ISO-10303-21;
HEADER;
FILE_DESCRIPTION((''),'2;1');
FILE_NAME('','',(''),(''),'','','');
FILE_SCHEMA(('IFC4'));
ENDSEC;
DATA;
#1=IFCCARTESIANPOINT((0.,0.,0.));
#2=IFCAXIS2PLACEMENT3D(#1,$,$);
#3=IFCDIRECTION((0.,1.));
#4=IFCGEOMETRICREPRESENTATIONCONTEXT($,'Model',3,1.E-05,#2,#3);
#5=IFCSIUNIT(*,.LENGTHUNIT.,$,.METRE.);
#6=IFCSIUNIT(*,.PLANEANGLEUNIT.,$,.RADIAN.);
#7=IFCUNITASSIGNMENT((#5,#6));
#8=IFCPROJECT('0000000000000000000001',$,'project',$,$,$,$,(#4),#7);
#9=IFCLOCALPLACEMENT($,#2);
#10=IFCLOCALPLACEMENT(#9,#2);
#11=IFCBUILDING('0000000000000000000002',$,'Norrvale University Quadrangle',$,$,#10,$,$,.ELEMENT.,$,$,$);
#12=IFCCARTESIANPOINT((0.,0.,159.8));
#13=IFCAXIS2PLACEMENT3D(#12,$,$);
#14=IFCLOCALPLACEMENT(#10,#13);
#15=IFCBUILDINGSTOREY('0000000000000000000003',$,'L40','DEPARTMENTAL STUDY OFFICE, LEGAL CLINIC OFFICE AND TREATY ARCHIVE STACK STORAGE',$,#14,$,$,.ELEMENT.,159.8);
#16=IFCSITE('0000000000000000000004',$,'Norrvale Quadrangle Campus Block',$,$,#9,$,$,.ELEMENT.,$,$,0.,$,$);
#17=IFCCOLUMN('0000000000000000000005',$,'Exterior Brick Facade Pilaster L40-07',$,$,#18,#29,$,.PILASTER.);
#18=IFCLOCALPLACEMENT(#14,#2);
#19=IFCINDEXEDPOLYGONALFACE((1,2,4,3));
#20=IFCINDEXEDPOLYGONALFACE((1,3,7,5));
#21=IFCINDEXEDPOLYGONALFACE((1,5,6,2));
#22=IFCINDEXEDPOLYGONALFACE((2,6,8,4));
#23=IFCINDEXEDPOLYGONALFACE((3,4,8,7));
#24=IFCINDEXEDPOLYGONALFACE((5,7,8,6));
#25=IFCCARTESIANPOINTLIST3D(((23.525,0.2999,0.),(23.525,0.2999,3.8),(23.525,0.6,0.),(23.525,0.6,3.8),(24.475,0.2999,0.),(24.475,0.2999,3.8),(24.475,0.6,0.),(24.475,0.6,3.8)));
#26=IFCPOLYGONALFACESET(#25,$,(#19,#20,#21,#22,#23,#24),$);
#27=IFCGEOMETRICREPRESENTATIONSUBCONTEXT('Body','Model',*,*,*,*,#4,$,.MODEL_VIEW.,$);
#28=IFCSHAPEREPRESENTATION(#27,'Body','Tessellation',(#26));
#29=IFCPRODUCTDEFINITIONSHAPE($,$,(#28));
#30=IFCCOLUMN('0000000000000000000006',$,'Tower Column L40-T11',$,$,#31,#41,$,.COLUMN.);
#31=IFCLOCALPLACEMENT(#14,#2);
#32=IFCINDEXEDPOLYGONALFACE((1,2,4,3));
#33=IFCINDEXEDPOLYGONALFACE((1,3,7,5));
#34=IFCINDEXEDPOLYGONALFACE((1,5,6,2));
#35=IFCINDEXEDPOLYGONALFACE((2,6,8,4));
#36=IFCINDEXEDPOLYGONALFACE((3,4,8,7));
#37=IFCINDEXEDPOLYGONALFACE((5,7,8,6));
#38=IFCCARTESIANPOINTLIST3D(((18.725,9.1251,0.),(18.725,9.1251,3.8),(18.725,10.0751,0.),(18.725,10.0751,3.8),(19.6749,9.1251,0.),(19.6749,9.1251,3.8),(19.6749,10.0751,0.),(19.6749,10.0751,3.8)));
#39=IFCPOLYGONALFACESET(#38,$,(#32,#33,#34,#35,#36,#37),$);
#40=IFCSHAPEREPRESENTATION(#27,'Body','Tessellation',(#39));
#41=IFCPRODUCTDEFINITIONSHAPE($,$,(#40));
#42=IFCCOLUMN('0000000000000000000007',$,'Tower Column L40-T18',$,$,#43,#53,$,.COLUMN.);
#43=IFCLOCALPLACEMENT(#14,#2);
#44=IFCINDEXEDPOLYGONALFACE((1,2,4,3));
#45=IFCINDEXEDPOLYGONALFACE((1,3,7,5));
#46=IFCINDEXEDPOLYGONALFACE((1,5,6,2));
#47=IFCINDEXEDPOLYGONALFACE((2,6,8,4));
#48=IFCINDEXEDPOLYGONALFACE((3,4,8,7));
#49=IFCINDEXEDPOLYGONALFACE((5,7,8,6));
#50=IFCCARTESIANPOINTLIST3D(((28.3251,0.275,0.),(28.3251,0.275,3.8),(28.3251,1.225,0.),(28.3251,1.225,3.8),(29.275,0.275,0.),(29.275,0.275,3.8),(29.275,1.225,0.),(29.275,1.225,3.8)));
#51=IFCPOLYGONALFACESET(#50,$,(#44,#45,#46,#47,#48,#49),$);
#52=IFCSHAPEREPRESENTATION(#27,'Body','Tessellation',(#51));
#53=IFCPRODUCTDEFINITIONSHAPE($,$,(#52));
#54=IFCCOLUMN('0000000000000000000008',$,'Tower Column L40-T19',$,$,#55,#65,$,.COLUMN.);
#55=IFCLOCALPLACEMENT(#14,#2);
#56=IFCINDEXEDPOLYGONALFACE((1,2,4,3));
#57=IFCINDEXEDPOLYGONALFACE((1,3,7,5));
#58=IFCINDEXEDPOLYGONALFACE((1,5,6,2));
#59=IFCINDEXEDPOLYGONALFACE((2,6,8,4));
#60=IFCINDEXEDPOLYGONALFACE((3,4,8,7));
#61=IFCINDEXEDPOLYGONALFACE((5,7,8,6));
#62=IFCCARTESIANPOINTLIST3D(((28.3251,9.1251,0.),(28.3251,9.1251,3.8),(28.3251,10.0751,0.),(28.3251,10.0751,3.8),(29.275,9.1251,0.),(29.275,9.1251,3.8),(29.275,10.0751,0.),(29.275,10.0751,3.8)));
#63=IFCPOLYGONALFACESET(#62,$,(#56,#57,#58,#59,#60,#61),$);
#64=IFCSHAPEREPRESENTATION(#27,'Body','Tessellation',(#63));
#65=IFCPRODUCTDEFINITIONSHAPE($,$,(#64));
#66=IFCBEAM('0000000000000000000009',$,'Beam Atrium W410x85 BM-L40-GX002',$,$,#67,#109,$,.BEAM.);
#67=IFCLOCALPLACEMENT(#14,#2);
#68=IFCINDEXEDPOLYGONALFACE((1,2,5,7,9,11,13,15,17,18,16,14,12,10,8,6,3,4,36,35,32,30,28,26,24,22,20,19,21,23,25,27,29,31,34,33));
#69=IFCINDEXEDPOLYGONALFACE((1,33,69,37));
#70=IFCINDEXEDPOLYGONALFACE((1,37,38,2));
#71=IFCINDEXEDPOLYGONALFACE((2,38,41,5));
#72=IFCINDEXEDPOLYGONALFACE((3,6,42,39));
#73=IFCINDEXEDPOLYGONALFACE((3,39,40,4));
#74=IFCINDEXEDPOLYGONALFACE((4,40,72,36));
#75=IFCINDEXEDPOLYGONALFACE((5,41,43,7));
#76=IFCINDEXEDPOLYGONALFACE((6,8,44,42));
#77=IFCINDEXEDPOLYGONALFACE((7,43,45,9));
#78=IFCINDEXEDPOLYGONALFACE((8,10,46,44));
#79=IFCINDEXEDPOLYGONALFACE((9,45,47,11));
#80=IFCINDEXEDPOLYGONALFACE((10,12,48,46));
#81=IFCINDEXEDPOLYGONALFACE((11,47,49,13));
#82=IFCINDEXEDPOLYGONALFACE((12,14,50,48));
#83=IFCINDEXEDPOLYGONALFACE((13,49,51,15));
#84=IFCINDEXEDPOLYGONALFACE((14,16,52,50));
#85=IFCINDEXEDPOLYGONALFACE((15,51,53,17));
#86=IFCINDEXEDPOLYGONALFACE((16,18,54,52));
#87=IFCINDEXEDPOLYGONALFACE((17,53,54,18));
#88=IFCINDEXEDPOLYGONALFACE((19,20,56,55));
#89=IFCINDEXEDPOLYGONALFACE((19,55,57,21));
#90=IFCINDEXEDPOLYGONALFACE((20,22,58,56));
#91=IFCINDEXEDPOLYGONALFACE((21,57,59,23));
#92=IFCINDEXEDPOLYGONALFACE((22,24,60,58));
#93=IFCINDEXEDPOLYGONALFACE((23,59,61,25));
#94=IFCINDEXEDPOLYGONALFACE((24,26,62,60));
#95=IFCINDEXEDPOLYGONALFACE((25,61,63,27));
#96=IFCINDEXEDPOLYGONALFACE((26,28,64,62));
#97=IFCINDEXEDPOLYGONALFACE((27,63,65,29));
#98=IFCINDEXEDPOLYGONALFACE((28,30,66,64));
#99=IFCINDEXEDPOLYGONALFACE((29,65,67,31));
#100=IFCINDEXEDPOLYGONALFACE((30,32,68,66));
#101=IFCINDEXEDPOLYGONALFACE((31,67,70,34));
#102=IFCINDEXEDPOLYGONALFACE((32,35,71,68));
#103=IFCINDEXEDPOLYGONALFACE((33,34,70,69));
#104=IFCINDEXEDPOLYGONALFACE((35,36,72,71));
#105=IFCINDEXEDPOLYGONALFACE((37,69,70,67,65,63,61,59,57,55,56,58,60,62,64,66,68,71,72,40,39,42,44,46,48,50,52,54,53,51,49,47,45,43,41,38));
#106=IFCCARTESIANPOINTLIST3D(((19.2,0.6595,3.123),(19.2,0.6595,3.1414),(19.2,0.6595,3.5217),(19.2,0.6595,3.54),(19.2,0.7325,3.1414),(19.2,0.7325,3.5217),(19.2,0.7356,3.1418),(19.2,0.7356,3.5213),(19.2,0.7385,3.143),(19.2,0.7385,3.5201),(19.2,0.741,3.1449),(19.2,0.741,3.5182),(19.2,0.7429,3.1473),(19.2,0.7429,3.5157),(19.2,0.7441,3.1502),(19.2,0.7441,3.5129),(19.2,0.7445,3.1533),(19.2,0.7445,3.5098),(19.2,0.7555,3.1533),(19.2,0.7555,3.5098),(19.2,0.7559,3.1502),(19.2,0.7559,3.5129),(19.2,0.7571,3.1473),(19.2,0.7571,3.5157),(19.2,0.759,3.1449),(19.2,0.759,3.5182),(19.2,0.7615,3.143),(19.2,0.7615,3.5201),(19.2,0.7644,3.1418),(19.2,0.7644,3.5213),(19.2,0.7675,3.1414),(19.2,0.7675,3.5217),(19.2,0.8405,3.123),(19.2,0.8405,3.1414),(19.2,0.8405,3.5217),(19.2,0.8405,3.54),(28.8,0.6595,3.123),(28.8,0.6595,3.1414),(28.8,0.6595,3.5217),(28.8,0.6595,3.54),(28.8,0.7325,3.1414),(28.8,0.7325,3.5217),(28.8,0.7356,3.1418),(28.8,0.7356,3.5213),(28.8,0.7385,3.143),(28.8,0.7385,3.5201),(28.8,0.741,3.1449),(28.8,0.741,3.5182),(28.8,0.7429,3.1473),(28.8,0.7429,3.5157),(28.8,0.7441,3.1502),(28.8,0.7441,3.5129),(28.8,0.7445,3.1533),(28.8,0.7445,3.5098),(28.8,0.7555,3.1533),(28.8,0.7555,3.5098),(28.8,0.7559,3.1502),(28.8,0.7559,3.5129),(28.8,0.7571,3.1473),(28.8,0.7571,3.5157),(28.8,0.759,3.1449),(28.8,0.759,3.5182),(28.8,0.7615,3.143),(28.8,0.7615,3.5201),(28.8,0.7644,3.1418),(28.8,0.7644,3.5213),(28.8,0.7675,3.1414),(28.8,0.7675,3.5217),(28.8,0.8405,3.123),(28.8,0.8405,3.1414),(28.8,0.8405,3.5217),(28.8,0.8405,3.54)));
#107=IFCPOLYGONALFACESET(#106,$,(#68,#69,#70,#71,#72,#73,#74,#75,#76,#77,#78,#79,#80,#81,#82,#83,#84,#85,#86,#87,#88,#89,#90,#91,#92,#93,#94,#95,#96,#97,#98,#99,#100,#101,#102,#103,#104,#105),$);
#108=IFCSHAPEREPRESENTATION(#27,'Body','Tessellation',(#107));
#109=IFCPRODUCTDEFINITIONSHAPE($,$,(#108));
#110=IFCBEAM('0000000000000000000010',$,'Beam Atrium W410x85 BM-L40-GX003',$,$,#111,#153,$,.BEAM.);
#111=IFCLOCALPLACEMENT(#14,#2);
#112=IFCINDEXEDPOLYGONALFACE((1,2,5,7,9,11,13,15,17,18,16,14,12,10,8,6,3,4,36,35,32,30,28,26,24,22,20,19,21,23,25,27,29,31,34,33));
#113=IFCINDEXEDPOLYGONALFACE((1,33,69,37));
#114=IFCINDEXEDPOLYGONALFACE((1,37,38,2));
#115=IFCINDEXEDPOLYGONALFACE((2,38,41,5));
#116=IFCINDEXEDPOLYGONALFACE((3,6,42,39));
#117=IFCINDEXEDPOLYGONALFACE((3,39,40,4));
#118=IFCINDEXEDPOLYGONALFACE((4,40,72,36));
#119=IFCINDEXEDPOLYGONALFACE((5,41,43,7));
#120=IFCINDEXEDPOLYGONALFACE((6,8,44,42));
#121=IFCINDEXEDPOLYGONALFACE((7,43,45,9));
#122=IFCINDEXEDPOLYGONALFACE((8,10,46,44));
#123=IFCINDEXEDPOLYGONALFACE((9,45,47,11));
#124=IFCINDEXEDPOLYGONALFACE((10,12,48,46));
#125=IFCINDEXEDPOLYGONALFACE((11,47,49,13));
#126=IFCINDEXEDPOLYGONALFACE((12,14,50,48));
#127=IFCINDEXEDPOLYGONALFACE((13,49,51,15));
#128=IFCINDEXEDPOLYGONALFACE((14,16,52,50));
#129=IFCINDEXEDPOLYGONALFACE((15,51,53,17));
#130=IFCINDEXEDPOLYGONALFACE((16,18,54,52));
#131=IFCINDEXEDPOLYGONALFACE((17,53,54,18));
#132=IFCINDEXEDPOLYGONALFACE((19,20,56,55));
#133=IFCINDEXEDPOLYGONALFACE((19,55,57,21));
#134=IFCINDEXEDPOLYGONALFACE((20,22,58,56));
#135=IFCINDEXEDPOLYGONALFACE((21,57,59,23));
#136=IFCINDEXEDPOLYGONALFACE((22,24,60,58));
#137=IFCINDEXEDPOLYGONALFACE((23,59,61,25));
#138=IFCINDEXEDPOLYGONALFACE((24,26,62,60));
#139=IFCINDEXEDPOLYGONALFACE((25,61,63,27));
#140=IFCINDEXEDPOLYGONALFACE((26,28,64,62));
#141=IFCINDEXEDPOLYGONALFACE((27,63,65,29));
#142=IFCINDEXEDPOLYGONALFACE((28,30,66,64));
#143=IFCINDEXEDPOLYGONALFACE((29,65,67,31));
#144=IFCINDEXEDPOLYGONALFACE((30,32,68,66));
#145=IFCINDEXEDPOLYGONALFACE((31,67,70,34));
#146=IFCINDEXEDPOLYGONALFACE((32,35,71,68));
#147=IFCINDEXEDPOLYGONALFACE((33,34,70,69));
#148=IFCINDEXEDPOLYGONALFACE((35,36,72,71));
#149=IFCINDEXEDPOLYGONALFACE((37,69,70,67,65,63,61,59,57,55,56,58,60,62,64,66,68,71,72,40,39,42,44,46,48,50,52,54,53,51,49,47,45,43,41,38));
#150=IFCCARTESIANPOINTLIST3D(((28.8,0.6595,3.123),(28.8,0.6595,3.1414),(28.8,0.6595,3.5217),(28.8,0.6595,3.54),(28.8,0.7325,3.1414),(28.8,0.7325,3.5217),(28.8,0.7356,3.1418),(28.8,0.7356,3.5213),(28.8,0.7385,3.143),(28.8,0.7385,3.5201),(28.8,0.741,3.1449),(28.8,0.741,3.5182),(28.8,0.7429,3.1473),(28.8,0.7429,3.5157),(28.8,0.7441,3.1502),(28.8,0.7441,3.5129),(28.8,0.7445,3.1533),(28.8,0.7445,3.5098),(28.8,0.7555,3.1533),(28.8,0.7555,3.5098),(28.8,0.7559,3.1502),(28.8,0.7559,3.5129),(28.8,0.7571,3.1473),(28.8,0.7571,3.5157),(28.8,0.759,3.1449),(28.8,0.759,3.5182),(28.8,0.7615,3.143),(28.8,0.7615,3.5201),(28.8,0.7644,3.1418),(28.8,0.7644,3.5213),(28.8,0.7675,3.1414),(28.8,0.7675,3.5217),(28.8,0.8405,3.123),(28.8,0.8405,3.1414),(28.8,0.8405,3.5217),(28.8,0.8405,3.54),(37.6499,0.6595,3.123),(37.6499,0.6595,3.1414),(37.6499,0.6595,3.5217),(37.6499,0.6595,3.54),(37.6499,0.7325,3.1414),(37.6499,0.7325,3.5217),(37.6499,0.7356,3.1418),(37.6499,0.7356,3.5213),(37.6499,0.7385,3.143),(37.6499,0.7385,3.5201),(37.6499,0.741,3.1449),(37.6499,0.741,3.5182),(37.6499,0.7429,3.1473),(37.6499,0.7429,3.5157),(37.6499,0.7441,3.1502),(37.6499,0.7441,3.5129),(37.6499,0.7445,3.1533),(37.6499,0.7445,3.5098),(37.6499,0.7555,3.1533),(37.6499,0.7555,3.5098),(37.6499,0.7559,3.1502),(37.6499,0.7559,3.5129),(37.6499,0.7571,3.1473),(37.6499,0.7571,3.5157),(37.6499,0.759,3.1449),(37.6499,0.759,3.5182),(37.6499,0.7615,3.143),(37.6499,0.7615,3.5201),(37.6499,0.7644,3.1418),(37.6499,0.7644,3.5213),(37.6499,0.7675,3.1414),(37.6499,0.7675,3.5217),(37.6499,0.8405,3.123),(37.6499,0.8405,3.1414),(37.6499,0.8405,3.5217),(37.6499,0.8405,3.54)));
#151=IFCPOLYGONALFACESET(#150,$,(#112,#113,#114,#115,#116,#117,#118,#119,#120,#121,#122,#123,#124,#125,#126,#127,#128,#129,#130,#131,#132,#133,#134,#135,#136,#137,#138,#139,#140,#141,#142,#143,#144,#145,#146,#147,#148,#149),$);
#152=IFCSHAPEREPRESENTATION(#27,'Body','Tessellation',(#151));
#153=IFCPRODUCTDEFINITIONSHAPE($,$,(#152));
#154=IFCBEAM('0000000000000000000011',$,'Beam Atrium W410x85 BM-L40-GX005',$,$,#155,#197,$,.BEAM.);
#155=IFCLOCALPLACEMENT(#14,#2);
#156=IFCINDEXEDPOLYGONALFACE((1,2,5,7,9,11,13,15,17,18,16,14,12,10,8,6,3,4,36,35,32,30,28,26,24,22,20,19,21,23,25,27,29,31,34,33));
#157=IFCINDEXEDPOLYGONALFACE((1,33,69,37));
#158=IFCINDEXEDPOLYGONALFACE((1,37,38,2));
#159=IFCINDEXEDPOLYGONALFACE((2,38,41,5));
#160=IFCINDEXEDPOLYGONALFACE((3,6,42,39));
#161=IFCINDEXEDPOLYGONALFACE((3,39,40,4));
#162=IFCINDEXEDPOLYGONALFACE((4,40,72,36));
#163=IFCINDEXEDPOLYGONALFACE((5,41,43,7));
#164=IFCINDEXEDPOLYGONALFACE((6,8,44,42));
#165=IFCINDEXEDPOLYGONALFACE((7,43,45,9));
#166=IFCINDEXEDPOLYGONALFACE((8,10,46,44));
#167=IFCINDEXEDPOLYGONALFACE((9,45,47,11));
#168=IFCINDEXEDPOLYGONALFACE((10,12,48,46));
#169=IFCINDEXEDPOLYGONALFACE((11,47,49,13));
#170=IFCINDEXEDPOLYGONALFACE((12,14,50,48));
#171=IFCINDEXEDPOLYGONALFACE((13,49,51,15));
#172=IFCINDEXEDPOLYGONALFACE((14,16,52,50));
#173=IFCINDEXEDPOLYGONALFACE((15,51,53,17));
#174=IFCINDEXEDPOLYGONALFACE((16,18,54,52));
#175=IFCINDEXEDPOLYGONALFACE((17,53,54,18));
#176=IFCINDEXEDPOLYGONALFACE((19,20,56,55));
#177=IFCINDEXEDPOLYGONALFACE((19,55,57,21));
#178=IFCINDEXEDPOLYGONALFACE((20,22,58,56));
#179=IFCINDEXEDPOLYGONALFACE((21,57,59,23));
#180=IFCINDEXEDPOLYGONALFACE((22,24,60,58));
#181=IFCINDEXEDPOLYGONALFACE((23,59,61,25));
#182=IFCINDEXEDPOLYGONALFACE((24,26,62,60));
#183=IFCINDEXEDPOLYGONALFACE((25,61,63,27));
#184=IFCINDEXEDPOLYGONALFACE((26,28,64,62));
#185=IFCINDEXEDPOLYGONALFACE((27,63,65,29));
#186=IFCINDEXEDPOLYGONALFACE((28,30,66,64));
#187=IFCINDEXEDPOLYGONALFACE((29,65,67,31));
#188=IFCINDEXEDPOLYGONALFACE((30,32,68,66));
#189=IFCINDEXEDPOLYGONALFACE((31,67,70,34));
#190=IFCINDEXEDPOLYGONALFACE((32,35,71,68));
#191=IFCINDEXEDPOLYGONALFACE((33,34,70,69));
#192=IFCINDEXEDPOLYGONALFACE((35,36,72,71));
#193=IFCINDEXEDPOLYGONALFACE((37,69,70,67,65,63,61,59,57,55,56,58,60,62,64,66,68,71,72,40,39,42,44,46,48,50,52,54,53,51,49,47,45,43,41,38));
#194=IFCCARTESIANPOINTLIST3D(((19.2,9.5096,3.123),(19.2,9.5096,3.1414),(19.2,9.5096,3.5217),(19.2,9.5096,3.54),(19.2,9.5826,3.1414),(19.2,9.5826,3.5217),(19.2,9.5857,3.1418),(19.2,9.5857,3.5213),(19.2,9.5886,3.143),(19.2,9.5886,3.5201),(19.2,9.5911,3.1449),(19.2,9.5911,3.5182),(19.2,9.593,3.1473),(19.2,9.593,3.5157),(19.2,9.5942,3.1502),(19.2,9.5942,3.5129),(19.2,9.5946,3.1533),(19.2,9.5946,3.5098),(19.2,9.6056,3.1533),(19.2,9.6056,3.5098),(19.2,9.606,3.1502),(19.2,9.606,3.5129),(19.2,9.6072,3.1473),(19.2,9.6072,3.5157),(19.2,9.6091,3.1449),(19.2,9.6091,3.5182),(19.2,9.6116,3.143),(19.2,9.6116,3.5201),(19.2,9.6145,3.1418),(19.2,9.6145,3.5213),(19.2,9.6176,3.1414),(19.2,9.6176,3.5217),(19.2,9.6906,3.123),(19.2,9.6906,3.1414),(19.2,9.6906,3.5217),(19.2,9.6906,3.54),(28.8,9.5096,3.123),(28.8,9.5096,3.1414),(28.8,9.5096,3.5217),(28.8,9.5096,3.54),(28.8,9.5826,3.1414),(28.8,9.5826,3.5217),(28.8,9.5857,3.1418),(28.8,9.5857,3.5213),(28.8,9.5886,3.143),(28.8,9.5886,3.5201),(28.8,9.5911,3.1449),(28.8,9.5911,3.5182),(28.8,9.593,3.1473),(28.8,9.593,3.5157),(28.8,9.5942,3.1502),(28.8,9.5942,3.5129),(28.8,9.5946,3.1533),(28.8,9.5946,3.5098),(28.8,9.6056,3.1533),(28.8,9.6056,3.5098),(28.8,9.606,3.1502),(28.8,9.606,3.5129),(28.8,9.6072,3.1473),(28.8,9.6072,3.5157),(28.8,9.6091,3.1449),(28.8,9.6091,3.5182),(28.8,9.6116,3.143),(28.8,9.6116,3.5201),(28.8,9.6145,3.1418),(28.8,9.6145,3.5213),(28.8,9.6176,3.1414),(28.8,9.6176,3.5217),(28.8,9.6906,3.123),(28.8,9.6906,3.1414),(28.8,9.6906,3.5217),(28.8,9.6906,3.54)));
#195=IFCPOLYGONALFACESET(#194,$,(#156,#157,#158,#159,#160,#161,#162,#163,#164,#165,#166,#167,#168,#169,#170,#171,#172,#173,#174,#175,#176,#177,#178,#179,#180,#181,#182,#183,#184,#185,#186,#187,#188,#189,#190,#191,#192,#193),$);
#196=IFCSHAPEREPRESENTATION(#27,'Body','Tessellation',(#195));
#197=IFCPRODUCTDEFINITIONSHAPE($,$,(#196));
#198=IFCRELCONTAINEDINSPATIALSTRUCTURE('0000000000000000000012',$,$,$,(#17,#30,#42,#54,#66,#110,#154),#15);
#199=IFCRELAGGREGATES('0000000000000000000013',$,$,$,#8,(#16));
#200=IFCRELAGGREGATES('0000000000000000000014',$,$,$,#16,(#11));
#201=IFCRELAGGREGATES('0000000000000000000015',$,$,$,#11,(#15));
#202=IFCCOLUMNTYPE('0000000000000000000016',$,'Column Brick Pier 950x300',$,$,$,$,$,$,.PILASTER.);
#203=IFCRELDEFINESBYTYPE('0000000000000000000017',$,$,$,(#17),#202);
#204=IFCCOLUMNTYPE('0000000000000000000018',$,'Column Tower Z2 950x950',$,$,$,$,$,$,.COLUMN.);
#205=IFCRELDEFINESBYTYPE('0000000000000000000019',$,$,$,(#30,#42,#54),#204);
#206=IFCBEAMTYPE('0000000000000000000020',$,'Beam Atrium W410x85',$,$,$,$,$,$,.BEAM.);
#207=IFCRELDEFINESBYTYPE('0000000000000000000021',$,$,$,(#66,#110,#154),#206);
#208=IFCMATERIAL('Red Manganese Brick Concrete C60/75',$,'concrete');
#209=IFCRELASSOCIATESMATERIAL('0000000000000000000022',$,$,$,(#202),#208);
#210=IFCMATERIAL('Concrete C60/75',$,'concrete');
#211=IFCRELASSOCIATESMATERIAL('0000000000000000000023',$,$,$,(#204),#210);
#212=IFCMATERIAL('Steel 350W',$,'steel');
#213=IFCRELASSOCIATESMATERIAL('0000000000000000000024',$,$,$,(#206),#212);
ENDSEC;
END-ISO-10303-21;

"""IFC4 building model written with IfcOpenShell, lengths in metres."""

from ifc_helpers import new_model, si_unit, direction, frame, origin, origin_2d, place, context, subcontext, project, spatial, rectangle, i_section, extrude, material, material_profile, profile_set, type_object, element, save


model = new_model("IFC4")

# Units and contexts
model_context = context("Model", 3, precision=1e-05, world=origin(), true_north=direction((0.0, 1.0)))
body_context = subcontext(model_context, "Body", "Model", "MODEL_VIEW")
ifc_project = project(units=[si_unit("LENGTHUNIT", "METRE"), si_unit("PLANEANGLEUNIT", "RADIAN")], contexts=[model_context])

# Site, building, storey
site_placement = place(None, origin())
site = spatial("IfcSite", under=ifc_project, at=site_placement, Name="Norrvale Quadrangle Campus Block", CompositionType="ELEMENT", RefElevation=0.0)
building_placement = place(site_placement, origin())
building = spatial("IfcBuilding", under=site, at=building_placement, Name="Norrvale University Quadrangle", CompositionType="ELEMENT")
storey_placement = place(building_placement, frame((0.0, 0.0, 159.8)))
storey = spatial("IfcBuildingStorey", under=building, at=storey_placement, Name="L40", Description="DEPARTMENTAL STUDY OFFICE, LEGAL CLINIC OFFICE AND TREATY ARCHIVE STACK STORAGE", CompositionType="ELEMENT", Elevation=159.8)

# Columns
ifc_material_1 = material(Name="Red Manganese Brick Concrete C60/75", Category="concrete")
ifc_material_profile_1 = material_profile(ifc_material_1, rectangle(XDim=0.95, YDim=0.3, at=origin_2d()), Name="Red Manganese Brick Concrete C60/75")
ifc_profile_set_1 = profile_set([ifc_material_profile_1], Name="Red Manganese Brick Concrete C60/75")
column_type_1 = type_object("IfcColumnType", Name="Column Brick Pier 950x300", PredefinedType="PILASTER", material=ifc_profile_set_1)
column_placement = place(storey_placement, frame((24.0, 0.45, 0.0), z_axis=(0.0, 0.0, 1.0), x_axis=(1.0, 0.0, 0.0)))
element("IfcColumn", 1, at=column_placement, inside=storey, type_object=column_type_1, Name="Exterior Brick Facade Pilaster L40-07", PredefinedType="PILASTER", context=body_context, shape_type="SweptSolid", body=[
    extrude(rectangle(XDim=0.95, YDim=0.3, at=origin_2d()), origin(), (0.0, 0.0, 1.0), 3.8),
])
ifc_material_2 = material(Name="Concrete C60/75", Category="concrete")
ifc_material_profile_2 = material_profile(ifc_material_2, rectangle(XDim=0.95, YDim=0.95, at=origin_2d()), Name="Concrete C60/75")
ifc_profile_set_2 = profile_set([ifc_material_profile_2], Name="Concrete C60/75")
column_type_2 = type_object("IfcColumnType", Name="Column Tower Z2 950x950", PredefinedType="COLUMN", material=ifc_profile_set_2)
for number, where, z_axis, x_axis, name in (
    (2, (19.2, 9.6001, 0.0), (0.0, 0.0, 1.0), (1.0, 0.0, 0.0), "Tower Column L40-T11"),
    (3, (28.8, 0.75, 0.0), (0.0, 0.0, 1.0), (1.0, 0.0, 0.0), "Tower Column L40-T18"),
    (4, (28.8, 9.6001, 0.0), (0.0, 0.0, 1.0), (1.0, 0.0, 0.0), "Tower Column L40-T19"),
):
    element("IfcColumn", number, at=place(storey_placement, frame(where, z_axis=z_axis, x_axis=x_axis)), inside=storey, type_object=column_type_2, Name=name, PredefinedType="COLUMN", context=body_context, shape_type="SweptSolid", body=[
        extrude(rectangle(XDim=0.95, YDim=0.95, at=origin_2d()), origin(), (0.0, 0.0, 1.0), 3.8),
    ])

# Beams
ifc_material_3 = material(Name="Steel 350W", Category="steel")
ifc_material_profile_3 = material_profile(ifc_material_3, i_section(OverallWidth=0.1809, OverallDepth=0.417, WebThickness=0.011, FlangeThickness=0.0183, FilletRadius=0.012, at=origin_2d()), Name="Steel 350W")
ifc_profile_set_3 = profile_set([ifc_material_profile_3], Name="Steel 350W")
beam_type_1 = type_object("IfcBeamType", Name="Beam Atrium W410x85", PredefinedType="BEAM", material=ifc_profile_set_3)
beam_1_placement = place(storey_placement, frame((19.2, 0.75, 3.3315), z_axis=(1.0, 0.0, 0.0), x_axis=(0.0, 1.0, 0.0)))
element("IfcBeam", 5, at=beam_1_placement, inside=storey, type_object=beam_type_1, Name="Beam Atrium W410x85 BM-L40-GX002", PredefinedType="BEAM", context=body_context, shape_type="SweptSolid", body=[
    extrude(i_section(OverallWidth=0.1809, OverallDepth=0.417, WebThickness=0.011, FlangeThickness=0.0183, FilletRadius=0.012, at=origin_2d()), origin(), (0.0, 0.0, 1.0), 9.6001),
])
beam_2_placement = place(storey_placement, frame((28.8, 0.75, 3.3315), z_axis=(1.0, 0.0, 0.0), x_axis=(0.0, 1.0, 0.0)))
element("IfcBeam", 6, at=beam_2_placement, inside=storey, type_object=beam_type_1, Name="Beam Atrium W410x85 BM-L40-GX003", PredefinedType="BEAM", context=body_context, shape_type="SweptSolid", body=[
    extrude(i_section(OverallWidth=0.1809, OverallDepth=0.417, WebThickness=0.011, FlangeThickness=0.0183, FilletRadius=0.012, at=origin_2d()), origin(), (0.0, 0.0, 1.0), 8.8499),
])
beam_3_placement = place(storey_placement, frame((19.2, 9.6001, 3.3315), z_axis=(1.0, 0.0, 0.0), x_axis=(0.0, 1.0, 0.0)))
element("IfcBeam", 7, at=beam_3_placement, inside=storey, type_object=beam_type_1, Name="Beam Atrium W410x85 BM-L40-GX005", PredefinedType="BEAM", context=body_context, shape_type="SweptSolid", body=[
    extrude(i_section(OverallWidth=0.1809, OverallDepth=0.417, WebThickness=0.011, FlangeThickness=0.0183, FilletRadius=0.012, at=origin_2d()), origin(), (0.0, 0.0, 1.0), 9.6001),
])

save(model, "model.ifc")
